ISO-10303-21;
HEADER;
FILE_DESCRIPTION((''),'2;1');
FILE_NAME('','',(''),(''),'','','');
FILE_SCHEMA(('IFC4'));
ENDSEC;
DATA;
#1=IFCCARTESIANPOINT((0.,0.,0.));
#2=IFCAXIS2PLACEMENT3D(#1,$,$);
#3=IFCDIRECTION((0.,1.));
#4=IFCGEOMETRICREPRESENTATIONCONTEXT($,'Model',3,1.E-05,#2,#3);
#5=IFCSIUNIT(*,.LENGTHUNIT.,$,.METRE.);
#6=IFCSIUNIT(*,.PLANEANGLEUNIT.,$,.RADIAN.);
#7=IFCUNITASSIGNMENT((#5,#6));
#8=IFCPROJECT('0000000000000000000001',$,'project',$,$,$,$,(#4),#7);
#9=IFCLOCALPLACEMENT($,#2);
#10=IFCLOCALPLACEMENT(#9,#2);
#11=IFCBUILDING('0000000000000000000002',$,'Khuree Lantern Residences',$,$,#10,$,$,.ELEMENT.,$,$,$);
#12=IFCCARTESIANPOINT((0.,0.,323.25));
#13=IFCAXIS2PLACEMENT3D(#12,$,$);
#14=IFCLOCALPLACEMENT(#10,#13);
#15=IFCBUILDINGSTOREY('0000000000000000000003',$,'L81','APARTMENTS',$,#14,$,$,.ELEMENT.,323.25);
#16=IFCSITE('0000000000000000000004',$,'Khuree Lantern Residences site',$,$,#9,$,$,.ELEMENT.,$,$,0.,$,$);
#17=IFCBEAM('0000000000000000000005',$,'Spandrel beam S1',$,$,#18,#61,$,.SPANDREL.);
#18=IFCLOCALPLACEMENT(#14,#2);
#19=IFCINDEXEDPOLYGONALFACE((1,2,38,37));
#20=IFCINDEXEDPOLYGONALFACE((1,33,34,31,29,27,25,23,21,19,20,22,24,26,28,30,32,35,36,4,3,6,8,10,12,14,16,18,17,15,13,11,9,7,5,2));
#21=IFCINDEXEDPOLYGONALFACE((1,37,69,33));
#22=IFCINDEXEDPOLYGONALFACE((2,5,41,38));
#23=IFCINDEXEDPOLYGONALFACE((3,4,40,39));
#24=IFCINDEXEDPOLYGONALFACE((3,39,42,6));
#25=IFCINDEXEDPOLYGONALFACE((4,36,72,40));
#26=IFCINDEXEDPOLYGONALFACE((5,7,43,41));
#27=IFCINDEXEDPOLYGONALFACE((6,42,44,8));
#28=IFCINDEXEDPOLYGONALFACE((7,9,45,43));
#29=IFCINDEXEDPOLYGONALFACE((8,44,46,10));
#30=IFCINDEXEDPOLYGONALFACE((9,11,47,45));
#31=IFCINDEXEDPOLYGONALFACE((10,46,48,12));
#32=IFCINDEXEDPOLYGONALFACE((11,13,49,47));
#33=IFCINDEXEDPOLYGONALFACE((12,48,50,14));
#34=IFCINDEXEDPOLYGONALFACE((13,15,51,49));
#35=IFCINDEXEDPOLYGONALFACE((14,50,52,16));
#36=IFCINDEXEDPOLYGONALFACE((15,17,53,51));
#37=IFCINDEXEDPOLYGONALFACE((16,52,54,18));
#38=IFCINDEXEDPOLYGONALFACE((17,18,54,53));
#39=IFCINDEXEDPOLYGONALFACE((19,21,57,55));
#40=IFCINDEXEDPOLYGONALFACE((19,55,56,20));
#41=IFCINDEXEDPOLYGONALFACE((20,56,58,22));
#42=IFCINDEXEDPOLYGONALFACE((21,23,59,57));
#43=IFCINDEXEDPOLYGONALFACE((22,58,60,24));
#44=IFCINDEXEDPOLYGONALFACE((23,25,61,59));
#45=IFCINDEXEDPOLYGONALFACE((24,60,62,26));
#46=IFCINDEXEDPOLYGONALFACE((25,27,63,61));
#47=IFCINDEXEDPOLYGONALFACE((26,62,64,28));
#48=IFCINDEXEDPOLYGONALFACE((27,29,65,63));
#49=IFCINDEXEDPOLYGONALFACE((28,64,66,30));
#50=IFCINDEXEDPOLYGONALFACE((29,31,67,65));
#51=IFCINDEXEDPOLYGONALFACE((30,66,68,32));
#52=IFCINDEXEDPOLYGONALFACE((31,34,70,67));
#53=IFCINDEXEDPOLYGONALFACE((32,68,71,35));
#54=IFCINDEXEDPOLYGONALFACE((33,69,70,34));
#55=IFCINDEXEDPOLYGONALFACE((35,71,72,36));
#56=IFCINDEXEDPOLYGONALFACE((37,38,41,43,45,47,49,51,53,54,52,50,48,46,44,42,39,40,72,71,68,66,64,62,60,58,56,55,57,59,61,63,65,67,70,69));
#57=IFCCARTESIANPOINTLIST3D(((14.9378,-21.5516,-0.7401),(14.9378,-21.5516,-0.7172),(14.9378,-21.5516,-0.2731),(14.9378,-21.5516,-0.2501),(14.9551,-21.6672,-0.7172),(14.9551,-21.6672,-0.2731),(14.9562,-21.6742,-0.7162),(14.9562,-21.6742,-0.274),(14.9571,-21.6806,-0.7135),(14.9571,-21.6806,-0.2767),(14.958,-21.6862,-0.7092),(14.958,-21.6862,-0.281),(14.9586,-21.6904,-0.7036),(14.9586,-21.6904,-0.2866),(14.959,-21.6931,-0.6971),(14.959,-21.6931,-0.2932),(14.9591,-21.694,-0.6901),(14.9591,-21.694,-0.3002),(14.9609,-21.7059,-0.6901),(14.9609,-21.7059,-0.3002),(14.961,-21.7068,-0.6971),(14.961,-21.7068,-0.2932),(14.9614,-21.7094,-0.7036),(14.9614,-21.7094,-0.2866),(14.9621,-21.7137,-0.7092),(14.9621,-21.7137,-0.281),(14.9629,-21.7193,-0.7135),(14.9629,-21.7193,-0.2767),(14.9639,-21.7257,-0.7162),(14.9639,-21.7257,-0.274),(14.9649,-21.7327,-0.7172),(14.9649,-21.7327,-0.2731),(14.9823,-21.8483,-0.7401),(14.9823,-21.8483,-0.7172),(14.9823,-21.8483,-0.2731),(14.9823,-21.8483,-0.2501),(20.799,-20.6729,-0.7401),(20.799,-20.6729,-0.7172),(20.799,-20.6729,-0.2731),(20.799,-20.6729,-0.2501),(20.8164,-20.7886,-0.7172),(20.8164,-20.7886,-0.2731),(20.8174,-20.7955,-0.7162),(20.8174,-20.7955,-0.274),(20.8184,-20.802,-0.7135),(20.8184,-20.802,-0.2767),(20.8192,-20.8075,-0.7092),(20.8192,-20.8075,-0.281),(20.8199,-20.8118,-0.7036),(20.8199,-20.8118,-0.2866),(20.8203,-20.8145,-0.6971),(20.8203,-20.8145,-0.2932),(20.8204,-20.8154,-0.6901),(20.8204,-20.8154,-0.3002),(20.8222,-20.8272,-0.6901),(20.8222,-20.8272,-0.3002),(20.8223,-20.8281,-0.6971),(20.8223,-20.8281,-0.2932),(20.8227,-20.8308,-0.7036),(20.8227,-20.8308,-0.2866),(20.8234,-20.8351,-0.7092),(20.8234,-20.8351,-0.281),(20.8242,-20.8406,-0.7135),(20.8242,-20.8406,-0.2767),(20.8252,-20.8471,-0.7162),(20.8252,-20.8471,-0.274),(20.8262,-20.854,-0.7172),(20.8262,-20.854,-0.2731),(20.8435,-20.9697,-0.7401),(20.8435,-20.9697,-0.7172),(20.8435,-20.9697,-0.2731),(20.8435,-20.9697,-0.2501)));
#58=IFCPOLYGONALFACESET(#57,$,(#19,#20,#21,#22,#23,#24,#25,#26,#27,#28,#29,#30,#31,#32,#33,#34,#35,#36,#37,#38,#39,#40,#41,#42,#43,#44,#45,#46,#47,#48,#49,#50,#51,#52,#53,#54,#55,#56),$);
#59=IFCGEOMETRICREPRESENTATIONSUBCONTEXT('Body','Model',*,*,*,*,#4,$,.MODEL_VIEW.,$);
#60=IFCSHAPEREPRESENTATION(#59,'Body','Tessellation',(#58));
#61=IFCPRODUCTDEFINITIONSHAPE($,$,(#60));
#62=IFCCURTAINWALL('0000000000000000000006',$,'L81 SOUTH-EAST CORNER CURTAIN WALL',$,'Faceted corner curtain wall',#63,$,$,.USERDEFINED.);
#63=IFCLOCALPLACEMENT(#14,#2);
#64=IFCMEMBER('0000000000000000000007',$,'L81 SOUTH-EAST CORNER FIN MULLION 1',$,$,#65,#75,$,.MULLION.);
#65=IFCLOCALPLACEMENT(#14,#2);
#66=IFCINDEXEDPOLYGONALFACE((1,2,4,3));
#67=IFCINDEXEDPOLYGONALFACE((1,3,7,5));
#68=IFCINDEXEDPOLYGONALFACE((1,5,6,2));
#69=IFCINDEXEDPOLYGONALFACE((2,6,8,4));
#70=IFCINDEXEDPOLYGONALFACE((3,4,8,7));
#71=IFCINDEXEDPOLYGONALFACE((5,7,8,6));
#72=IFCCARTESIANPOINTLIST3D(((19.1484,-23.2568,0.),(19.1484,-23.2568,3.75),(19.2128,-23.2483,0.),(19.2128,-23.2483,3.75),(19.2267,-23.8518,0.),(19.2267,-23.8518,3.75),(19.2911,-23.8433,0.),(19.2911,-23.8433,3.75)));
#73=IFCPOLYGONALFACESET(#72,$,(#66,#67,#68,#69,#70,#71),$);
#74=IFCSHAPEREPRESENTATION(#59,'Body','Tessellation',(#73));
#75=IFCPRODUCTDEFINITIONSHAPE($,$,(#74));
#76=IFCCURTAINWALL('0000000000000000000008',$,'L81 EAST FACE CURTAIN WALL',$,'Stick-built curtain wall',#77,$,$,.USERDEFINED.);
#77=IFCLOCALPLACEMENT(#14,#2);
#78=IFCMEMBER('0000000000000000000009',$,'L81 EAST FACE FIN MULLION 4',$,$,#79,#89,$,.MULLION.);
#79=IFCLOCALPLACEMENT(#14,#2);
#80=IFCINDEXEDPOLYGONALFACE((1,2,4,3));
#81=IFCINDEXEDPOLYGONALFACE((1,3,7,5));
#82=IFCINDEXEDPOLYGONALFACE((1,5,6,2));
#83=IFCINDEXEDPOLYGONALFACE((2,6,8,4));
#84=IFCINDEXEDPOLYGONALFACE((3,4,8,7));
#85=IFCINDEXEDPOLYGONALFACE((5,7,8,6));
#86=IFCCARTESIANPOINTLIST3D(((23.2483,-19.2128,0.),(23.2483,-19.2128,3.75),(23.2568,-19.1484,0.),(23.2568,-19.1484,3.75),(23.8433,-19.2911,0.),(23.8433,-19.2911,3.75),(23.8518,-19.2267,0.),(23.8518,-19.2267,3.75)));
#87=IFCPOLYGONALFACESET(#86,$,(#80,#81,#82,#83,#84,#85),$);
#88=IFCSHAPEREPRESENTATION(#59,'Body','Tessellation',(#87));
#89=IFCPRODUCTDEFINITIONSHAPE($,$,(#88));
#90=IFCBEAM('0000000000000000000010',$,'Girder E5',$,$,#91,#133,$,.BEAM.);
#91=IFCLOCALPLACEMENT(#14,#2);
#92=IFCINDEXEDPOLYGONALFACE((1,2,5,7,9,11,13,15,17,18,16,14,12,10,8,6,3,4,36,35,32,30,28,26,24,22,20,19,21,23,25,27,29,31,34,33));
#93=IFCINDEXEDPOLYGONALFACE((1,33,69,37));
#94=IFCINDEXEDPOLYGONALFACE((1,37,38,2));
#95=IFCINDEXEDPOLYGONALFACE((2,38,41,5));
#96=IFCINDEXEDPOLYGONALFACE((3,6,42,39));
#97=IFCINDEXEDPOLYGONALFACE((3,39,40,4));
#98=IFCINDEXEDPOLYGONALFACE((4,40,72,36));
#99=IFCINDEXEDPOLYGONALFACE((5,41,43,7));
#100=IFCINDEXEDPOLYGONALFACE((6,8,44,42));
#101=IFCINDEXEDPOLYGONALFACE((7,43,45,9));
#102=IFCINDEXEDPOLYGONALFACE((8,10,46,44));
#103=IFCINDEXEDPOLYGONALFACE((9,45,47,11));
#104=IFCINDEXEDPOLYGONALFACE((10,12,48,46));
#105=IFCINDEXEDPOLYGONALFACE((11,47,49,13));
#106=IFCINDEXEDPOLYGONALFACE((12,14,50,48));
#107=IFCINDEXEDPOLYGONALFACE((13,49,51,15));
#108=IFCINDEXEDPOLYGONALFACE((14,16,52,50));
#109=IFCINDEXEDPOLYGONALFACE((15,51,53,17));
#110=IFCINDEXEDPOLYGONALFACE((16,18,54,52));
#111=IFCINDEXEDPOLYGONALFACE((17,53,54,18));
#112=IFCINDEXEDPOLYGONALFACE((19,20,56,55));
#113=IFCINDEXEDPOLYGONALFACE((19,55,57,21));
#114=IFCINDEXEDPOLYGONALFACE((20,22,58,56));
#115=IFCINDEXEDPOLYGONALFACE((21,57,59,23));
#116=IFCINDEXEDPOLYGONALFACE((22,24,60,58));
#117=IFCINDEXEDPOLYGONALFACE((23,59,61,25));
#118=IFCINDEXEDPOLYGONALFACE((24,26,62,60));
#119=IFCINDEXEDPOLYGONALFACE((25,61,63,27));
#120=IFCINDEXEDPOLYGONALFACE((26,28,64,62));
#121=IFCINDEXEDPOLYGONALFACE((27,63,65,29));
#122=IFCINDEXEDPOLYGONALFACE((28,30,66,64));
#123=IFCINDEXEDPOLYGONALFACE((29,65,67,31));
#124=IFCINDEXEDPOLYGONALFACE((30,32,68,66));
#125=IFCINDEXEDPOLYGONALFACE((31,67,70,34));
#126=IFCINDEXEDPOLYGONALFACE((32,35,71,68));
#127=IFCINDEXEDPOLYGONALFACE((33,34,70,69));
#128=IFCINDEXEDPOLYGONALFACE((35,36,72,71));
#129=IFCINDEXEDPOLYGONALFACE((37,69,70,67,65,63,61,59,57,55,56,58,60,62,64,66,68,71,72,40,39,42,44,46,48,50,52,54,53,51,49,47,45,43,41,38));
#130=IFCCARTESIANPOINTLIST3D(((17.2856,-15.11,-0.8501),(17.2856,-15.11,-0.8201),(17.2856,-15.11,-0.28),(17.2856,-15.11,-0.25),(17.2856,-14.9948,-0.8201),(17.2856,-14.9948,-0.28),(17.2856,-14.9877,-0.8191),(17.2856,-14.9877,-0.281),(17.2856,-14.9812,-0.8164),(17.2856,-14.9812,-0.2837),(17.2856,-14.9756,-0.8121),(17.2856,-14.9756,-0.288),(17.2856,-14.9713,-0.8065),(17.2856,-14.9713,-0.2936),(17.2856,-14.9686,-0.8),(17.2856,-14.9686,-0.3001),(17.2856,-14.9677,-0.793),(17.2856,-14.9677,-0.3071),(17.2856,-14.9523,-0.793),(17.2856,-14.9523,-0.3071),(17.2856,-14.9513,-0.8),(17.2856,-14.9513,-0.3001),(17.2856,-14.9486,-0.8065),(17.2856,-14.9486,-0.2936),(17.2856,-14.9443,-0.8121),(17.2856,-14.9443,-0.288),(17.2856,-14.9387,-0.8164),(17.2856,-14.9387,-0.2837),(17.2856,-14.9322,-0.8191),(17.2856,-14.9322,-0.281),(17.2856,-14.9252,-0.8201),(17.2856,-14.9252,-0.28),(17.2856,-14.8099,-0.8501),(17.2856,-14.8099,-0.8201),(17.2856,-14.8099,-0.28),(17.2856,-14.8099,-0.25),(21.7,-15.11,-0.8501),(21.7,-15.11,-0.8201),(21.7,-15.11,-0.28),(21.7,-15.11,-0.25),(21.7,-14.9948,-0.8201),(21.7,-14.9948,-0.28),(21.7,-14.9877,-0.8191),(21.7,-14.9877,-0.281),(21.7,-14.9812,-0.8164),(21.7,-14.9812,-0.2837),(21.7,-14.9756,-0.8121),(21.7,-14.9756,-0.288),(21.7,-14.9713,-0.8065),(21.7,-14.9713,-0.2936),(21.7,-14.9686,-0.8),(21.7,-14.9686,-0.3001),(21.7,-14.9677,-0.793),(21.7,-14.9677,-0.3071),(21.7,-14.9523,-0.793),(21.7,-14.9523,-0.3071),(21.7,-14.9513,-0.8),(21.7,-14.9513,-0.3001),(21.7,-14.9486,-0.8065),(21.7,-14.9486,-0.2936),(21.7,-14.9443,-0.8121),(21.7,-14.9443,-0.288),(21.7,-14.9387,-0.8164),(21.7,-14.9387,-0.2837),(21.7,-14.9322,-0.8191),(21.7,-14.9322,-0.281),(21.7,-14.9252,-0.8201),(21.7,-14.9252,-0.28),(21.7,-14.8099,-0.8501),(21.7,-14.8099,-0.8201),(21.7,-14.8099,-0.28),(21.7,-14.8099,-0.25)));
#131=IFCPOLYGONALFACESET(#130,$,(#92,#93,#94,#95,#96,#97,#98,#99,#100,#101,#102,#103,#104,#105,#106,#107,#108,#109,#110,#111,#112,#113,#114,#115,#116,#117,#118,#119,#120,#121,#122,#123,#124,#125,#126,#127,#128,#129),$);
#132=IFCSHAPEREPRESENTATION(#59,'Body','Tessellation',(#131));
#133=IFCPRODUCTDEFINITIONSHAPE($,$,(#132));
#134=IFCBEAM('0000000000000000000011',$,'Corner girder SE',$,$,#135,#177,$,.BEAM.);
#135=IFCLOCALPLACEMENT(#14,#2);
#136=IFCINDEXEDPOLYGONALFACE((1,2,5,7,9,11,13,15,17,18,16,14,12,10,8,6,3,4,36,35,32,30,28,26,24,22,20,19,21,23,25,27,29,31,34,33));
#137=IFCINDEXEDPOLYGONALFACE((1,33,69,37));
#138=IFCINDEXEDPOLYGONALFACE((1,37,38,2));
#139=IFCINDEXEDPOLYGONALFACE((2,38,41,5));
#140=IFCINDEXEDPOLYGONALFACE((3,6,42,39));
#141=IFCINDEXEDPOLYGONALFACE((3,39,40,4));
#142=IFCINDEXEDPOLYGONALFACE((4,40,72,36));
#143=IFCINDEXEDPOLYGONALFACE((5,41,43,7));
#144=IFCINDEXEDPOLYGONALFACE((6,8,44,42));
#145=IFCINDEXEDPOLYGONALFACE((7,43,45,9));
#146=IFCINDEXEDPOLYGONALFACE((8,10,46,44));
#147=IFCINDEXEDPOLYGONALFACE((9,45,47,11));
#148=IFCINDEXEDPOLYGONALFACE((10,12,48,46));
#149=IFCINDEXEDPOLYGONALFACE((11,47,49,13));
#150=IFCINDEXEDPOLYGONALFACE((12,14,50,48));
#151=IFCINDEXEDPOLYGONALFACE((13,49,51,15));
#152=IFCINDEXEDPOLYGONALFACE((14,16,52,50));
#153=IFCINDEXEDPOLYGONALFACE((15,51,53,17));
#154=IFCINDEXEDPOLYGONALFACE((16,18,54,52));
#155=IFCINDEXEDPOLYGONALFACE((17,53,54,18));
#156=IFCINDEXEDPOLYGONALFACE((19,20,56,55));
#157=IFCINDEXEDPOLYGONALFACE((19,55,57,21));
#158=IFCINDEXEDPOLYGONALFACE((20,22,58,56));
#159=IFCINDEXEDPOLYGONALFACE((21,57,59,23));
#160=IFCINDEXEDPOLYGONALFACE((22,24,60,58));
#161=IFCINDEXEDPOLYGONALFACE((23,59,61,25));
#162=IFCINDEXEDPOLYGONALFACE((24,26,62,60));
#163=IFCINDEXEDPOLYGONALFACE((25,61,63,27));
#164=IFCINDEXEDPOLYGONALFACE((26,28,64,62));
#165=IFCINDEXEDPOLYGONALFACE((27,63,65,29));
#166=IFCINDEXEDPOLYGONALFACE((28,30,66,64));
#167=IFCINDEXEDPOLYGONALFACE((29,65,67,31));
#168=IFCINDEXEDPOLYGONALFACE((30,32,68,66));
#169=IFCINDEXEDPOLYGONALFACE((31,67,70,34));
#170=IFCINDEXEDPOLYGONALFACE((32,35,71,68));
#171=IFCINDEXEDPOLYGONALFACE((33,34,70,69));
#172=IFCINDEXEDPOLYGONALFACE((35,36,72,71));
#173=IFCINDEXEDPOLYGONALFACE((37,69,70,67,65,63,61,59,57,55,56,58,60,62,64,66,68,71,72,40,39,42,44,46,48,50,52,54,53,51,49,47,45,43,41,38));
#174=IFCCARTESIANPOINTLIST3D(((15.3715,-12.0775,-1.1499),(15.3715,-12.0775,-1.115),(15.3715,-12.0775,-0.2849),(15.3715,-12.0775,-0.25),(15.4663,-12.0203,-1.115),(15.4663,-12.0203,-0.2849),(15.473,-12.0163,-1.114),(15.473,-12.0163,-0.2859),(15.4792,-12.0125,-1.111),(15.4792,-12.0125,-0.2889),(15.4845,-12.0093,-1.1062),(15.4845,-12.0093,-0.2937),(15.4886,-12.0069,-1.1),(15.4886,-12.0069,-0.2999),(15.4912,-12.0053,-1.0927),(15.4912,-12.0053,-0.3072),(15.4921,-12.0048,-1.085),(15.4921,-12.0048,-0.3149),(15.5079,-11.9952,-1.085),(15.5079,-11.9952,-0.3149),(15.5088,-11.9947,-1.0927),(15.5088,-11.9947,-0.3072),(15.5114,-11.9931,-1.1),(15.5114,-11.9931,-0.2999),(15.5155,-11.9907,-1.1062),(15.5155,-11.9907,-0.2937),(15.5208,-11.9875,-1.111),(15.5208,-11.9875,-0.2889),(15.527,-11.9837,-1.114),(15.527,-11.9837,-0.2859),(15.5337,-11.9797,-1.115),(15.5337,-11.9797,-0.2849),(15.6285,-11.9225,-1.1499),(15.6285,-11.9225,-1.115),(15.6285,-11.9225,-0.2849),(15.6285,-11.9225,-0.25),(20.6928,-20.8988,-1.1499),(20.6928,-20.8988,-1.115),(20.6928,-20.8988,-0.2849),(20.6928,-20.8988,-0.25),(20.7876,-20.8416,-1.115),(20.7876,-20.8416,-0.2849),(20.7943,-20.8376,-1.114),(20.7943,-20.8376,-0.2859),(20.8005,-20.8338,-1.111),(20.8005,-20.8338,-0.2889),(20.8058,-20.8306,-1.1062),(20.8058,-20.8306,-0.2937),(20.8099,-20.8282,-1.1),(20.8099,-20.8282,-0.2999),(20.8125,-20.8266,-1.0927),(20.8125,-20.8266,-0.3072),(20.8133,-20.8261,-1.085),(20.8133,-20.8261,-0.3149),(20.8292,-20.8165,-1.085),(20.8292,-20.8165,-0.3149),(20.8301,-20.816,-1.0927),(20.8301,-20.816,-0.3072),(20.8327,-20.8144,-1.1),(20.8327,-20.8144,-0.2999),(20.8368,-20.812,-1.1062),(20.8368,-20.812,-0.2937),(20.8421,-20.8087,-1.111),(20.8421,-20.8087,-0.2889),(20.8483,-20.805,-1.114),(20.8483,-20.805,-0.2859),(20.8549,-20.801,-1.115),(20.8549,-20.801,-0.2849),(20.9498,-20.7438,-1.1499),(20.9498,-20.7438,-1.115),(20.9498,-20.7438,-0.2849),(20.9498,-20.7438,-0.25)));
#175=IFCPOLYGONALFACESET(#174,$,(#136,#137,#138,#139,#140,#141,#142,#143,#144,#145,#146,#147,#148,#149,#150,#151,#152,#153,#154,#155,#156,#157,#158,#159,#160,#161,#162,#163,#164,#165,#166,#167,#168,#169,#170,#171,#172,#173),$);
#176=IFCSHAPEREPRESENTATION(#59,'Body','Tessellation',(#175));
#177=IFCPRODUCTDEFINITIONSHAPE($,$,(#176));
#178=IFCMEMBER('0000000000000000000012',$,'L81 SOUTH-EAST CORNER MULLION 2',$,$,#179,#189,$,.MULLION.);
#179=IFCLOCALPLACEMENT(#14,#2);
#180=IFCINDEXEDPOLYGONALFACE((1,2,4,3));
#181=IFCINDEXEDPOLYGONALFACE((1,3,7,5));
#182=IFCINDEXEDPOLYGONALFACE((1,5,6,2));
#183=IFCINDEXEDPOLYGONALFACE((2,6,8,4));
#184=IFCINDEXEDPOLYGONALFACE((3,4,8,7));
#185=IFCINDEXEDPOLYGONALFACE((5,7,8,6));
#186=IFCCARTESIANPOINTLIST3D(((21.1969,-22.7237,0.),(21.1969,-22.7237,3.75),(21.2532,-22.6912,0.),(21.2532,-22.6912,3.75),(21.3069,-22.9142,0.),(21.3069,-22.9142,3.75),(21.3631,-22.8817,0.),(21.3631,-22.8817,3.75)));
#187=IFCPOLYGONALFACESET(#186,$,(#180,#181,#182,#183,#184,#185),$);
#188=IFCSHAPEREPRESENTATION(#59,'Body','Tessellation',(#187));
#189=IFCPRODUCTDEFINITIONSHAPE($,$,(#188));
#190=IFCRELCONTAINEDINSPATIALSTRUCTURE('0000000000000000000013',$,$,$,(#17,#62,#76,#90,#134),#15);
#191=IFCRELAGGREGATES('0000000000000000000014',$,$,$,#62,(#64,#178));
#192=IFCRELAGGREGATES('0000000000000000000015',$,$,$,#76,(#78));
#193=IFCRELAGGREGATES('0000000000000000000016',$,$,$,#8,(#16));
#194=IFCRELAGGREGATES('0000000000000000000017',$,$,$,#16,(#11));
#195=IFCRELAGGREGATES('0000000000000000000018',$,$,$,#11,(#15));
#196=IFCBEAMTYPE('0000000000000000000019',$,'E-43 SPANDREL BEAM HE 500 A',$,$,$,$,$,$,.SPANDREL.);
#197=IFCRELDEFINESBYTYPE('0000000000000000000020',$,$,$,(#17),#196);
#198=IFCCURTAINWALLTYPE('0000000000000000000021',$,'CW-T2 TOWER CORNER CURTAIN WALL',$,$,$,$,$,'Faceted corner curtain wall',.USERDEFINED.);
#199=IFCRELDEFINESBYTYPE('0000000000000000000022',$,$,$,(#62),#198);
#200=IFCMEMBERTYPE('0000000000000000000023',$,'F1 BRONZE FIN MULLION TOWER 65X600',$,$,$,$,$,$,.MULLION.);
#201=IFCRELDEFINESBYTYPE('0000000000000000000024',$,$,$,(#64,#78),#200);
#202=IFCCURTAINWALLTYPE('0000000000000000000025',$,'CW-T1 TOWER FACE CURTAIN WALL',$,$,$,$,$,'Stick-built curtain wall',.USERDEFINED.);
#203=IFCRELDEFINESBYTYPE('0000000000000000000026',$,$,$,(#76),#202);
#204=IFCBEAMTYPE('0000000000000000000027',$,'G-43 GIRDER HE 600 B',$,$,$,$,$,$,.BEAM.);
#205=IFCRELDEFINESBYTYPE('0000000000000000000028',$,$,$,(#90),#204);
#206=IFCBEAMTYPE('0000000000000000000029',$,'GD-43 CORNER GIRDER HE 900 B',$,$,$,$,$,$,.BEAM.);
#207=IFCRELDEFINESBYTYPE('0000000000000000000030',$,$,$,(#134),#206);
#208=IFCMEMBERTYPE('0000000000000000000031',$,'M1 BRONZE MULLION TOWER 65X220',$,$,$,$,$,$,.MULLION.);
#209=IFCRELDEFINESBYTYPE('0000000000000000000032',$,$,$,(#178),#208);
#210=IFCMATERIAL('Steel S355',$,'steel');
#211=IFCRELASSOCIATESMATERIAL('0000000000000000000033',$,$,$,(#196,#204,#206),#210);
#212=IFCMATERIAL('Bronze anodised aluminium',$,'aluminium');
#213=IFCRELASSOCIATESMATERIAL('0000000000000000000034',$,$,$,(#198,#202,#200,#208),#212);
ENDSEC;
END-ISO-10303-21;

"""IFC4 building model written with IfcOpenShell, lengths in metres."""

from ifc_helpers import new_model, si_unit, direction, frame, origin, origin_2d, place, context, subcontext, project, spatial, rectangle, i_section, extrude, material, material_profile, profile_set, type_object, element, aggregate, save


model = new_model("IFC4")

# Units and contexts
model_context = context("Model", 3, precision=1e-05, world=origin(), true_north=direction((0.0, 1.0)))
body_context = subcontext(model_context, "Body", "Model", "MODEL_VIEW")
ifc_project = project(units=[si_unit("LENGTHUNIT", "METRE"), si_unit("PLANEANGLEUNIT", "RADIAN")], contexts=[model_context])

# Site, building, storey
site_placement = place(None, origin())
site = spatial("IfcSite", under=ifc_project, at=site_placement, Name="Khuree Lantern Residences site", CompositionType="ELEMENT", RefElevation=0.0)
building_placement = place(site_placement, origin())
building = spatial("IfcBuilding", under=site, at=building_placement, Name="Khuree Lantern Residences", CompositionType="ELEMENT")
storey_placement = place(building_placement, frame((0.0, 0.0, 323.25)))
storey = spatial("IfcBuildingStorey", under=building, at=storey_placement, Name="L81", Description="APARTMENTS", CompositionType="ELEMENT", Elevation=323.25)

# Beam
ifc_material_1 = material(Name="Steel S355", Category="steel")
ifc_material_profile_1 = material_profile(ifc_material_1, i_section(OverallWidth=0.3, OverallDepth=0.49, WebThickness=0.012, FlangeThickness=0.0229, FilletRadius=0.0271, at=origin_2d()), Name="HE 500 A")
ifc_profile_set_1 = profile_set([ifc_material_profile_1], Name="Steel S355")
beam_type_1 = type_object("IfcBeamType", Name="E-43 SPANDREL BEAM HE 500 A", PredefinedType="SPANDREL", material=ifc_profile_set_1)
for number, where, z_axis, x_axis, name in (
    (1, (20.8213, -20.8213, -0.4951), (-0.98895, -0.148252, 0.0), (0.148252, -0.98895, 0.0), "Spandrel beam S1"),
):
    element("IfcBeam", number, at=place(storey_placement, frame(where, z_axis=z_axis, x_axis=x_axis)), inside=storey, type_object=beam_type_1, Name=name, PredefinedType="SPANDREL", context=body_context, shape_type="SweptSolid", body=[
        extrude(i_section(OverallWidth=0.3, OverallDepth=0.49, WebThickness=0.012, FlangeThickness=0.0229, FilletRadius=0.0271, at=origin_2d()), origin(), (0.0, 0.0, 1.0), 5.9268),
    ])

# Curtain walls, members
ifc_material_2 = material(Name="Bronze anodised aluminium", Category="aluminium")
curtain_wall_type_1 = type_object("IfcCurtainWallType", Name="CW-T2 TOWER CORNER CURTAIN WALL", ElementType="Faceted corner curtain wall", PredefinedType="USERDEFINED", material=ifc_material_2)
curtain_wall_1_placement = place(storey_placement, origin())
curtain_wall_1 = element("IfcCurtainWall", 2, at=curtain_wall_1_placement, inside=storey, type_object=curtain_wall_type_1, Name="L81 SOUTH-EAST CORNER CURTAIN WALL", ObjectType="Faceted corner curtain wall", PredefinedType="USERDEFINED")
ifc_material_profile_2 = material_profile(ifc_material_2, rectangle(XDim=0.0649, YDim=0.6001, at=origin_2d()), Name="F1 65X600")
ifc_profile_set_2 = profile_set([ifc_material_profile_2], Name="Bronze anodised aluminium")
member_type_1 = type_object("IfcMemberType", Name="F1 BRONZE FIN MULLION TOWER 65X600", PredefinedType="MULLION", material=ifc_profile_set_2)
member_1_placement = place(storey_placement, frame((19.2197, -23.55, 0.0), z_axis=(0.0, 0.0, 1.0), x_axis=(0.991445, 0.130526, 0.0)))
member_1 = element("IfcMember", 3, at=member_1_placement, type_object=member_type_1, Name="L81 SOUTH-EAST CORNER FIN MULLION 1", PredefinedType="MULLION", context=body_context, shape_type="SweptSolid", body=[
    extrude(rectangle(XDim=0.0649, YDim=0.6001, at=origin_2d()), origin(), (0.0, 0.0, 1.0), 3.75),
])
curtain_wall_type_2 = type_object("IfcCurtainWallType", Name="CW-T1 TOWER FACE CURTAIN WALL", ElementType="Stick-built curtain wall", PredefinedType="USERDEFINED", material=ifc_material_2)
curtain_wall_2_placement = place(storey_placement, origin())
curtain_wall_2 = element("IfcCurtainWall", 4, at=curtain_wall_2_placement, inside=storey, type_object=curtain_wall_type_2, Name="L81 EAST FACE CURTAIN WALL", ObjectType="Stick-built curtain wall", PredefinedType="USERDEFINED")
member_2_placement = place(storey_placement, frame((23.55, -19.2197, 0.0), z_axis=(0.0, 0.0, 1.0), x_axis=(0.130526, 0.991445, 0.0)))
member_2 = element("IfcMember", 5, at=member_2_placement, type_object=member_type_1, Name="L81 EAST FACE FIN MULLION 4", PredefinedType="MULLION", context=body_context, shape_type="SweptSolid", body=[
    extrude(rectangle(XDim=0.0649, YDim=0.6001, at=origin_2d()), origin(), (0.0, 0.0, 1.0), 3.75),
])

# Beams
ifc_material_profile_3 = material_profile(ifc_material_1, i_section(OverallWidth=0.3, OverallDepth=0.6001, WebThickness=0.0154, FlangeThickness=0.03, FilletRadius=0.0271, at=origin_2d()), Name="HE 600 B")
ifc_profile_set_3 = profile_set([ifc_material_profile_3], Name="Steel S355")
beam_type_2 = type_object("IfcBeamType", Name="G-43 GIRDER HE 600 B", PredefinedType="BEAM", material=ifc_profile_set_3)
beam_1_placement = place(storey_placement, frame((21.7, -14.96, -0.55), z_axis=(-1.0, 0.0, 0.0), x_axis=(0.0, -1.0, 0.0)))
element("IfcBeam", 6, at=beam_1_placement, inside=storey, type_object=beam_type_2, Name="Girder E5", PredefinedType="BEAM", context=body_context, shape_type="SweptSolid", body=[
    extrude(i_section(OverallWidth=0.3, OverallDepth=0.6001, WebThickness=0.0154, FlangeThickness=0.03, FilletRadius=0.0271, at=origin_2d()), origin(), (0.0, 0.0, 1.0), 4.4143),
])
ifc_material_profile_4 = material_profile(ifc_material_1, i_section(OverallWidth=0.3, OverallDepth=0.8999, WebThickness=0.0186, FlangeThickness=0.0349, FilletRadius=0.03, at=origin_2d()), Name="HE 900 B")
ifc_profile_set_4 = profile_set([ifc_material_profile_4], Name="Steel S355")
beam_type_3 = type_object("IfcBeamType", Name="GD-43 CORNER GIRDER HE 900 B", PredefinedType="BEAM", material=ifc_profile_set_4)
beam_2_placement = place(storey_placement, frame((20.8213, -20.8213, -0.7), z_axis=(-0.51653, 0.856269, 0.0), x_axis=(-0.856269, -0.51653, 0.0)))
element("IfcBeam", 7, at=beam_2_placement, inside=storey, type_object=beam_type_3, Name="Corner girder SE", PredefinedType="BEAM", context=body_context, shape_type="SweptSolid", body=[
    extrude(i_section(OverallWidth=0.3, OverallDepth=0.8999, WebThickness=0.0186, FlangeThickness=0.0349, FilletRadius=0.03, at=origin_2d()), origin(), (0.0, 0.0, 1.0), 10.302),
])

# Member
ifc_material_profile_5 = material_profile(ifc_material_2, rectangle(XDim=0.0649, YDim=0.22, at=origin_2d()), Name="M1 65X220")
ifc_profile_set_5 = profile_set([ifc_material_profile_5], Name="Bronze anodised aluminium")
member_type_2 = type_object("IfcMemberType", Name="M1 BRONZE MULLION TOWER 65X220", PredefinedType="MULLION", material=ifc_profile_set_5)
member_3_placement = place(storey_placement, frame((21.28, -22.8027, 0.0), z_axis=(0.0, 0.0, 1.0), x_axis=(0.866025, 0.5, 0.0)))
member_3 = element("IfcMember", 8, at=member_3_placement, type_object=member_type_2, Name="L81 SOUTH-EAST CORNER MULLION 2", PredefinedType="MULLION", context=body_context, shape_type="SweptSolid", body=[
    extrude(rectangle(XDim=0.0649, YDim=0.22, at=origin_2d()), origin(), (0.0, 0.0, 1.0), 3.75),
])

aggregate(curtain_wall_1, [member_1, member_3])
aggregate(curtain_wall_2, [member_2])

save(model, "model.ifc")
